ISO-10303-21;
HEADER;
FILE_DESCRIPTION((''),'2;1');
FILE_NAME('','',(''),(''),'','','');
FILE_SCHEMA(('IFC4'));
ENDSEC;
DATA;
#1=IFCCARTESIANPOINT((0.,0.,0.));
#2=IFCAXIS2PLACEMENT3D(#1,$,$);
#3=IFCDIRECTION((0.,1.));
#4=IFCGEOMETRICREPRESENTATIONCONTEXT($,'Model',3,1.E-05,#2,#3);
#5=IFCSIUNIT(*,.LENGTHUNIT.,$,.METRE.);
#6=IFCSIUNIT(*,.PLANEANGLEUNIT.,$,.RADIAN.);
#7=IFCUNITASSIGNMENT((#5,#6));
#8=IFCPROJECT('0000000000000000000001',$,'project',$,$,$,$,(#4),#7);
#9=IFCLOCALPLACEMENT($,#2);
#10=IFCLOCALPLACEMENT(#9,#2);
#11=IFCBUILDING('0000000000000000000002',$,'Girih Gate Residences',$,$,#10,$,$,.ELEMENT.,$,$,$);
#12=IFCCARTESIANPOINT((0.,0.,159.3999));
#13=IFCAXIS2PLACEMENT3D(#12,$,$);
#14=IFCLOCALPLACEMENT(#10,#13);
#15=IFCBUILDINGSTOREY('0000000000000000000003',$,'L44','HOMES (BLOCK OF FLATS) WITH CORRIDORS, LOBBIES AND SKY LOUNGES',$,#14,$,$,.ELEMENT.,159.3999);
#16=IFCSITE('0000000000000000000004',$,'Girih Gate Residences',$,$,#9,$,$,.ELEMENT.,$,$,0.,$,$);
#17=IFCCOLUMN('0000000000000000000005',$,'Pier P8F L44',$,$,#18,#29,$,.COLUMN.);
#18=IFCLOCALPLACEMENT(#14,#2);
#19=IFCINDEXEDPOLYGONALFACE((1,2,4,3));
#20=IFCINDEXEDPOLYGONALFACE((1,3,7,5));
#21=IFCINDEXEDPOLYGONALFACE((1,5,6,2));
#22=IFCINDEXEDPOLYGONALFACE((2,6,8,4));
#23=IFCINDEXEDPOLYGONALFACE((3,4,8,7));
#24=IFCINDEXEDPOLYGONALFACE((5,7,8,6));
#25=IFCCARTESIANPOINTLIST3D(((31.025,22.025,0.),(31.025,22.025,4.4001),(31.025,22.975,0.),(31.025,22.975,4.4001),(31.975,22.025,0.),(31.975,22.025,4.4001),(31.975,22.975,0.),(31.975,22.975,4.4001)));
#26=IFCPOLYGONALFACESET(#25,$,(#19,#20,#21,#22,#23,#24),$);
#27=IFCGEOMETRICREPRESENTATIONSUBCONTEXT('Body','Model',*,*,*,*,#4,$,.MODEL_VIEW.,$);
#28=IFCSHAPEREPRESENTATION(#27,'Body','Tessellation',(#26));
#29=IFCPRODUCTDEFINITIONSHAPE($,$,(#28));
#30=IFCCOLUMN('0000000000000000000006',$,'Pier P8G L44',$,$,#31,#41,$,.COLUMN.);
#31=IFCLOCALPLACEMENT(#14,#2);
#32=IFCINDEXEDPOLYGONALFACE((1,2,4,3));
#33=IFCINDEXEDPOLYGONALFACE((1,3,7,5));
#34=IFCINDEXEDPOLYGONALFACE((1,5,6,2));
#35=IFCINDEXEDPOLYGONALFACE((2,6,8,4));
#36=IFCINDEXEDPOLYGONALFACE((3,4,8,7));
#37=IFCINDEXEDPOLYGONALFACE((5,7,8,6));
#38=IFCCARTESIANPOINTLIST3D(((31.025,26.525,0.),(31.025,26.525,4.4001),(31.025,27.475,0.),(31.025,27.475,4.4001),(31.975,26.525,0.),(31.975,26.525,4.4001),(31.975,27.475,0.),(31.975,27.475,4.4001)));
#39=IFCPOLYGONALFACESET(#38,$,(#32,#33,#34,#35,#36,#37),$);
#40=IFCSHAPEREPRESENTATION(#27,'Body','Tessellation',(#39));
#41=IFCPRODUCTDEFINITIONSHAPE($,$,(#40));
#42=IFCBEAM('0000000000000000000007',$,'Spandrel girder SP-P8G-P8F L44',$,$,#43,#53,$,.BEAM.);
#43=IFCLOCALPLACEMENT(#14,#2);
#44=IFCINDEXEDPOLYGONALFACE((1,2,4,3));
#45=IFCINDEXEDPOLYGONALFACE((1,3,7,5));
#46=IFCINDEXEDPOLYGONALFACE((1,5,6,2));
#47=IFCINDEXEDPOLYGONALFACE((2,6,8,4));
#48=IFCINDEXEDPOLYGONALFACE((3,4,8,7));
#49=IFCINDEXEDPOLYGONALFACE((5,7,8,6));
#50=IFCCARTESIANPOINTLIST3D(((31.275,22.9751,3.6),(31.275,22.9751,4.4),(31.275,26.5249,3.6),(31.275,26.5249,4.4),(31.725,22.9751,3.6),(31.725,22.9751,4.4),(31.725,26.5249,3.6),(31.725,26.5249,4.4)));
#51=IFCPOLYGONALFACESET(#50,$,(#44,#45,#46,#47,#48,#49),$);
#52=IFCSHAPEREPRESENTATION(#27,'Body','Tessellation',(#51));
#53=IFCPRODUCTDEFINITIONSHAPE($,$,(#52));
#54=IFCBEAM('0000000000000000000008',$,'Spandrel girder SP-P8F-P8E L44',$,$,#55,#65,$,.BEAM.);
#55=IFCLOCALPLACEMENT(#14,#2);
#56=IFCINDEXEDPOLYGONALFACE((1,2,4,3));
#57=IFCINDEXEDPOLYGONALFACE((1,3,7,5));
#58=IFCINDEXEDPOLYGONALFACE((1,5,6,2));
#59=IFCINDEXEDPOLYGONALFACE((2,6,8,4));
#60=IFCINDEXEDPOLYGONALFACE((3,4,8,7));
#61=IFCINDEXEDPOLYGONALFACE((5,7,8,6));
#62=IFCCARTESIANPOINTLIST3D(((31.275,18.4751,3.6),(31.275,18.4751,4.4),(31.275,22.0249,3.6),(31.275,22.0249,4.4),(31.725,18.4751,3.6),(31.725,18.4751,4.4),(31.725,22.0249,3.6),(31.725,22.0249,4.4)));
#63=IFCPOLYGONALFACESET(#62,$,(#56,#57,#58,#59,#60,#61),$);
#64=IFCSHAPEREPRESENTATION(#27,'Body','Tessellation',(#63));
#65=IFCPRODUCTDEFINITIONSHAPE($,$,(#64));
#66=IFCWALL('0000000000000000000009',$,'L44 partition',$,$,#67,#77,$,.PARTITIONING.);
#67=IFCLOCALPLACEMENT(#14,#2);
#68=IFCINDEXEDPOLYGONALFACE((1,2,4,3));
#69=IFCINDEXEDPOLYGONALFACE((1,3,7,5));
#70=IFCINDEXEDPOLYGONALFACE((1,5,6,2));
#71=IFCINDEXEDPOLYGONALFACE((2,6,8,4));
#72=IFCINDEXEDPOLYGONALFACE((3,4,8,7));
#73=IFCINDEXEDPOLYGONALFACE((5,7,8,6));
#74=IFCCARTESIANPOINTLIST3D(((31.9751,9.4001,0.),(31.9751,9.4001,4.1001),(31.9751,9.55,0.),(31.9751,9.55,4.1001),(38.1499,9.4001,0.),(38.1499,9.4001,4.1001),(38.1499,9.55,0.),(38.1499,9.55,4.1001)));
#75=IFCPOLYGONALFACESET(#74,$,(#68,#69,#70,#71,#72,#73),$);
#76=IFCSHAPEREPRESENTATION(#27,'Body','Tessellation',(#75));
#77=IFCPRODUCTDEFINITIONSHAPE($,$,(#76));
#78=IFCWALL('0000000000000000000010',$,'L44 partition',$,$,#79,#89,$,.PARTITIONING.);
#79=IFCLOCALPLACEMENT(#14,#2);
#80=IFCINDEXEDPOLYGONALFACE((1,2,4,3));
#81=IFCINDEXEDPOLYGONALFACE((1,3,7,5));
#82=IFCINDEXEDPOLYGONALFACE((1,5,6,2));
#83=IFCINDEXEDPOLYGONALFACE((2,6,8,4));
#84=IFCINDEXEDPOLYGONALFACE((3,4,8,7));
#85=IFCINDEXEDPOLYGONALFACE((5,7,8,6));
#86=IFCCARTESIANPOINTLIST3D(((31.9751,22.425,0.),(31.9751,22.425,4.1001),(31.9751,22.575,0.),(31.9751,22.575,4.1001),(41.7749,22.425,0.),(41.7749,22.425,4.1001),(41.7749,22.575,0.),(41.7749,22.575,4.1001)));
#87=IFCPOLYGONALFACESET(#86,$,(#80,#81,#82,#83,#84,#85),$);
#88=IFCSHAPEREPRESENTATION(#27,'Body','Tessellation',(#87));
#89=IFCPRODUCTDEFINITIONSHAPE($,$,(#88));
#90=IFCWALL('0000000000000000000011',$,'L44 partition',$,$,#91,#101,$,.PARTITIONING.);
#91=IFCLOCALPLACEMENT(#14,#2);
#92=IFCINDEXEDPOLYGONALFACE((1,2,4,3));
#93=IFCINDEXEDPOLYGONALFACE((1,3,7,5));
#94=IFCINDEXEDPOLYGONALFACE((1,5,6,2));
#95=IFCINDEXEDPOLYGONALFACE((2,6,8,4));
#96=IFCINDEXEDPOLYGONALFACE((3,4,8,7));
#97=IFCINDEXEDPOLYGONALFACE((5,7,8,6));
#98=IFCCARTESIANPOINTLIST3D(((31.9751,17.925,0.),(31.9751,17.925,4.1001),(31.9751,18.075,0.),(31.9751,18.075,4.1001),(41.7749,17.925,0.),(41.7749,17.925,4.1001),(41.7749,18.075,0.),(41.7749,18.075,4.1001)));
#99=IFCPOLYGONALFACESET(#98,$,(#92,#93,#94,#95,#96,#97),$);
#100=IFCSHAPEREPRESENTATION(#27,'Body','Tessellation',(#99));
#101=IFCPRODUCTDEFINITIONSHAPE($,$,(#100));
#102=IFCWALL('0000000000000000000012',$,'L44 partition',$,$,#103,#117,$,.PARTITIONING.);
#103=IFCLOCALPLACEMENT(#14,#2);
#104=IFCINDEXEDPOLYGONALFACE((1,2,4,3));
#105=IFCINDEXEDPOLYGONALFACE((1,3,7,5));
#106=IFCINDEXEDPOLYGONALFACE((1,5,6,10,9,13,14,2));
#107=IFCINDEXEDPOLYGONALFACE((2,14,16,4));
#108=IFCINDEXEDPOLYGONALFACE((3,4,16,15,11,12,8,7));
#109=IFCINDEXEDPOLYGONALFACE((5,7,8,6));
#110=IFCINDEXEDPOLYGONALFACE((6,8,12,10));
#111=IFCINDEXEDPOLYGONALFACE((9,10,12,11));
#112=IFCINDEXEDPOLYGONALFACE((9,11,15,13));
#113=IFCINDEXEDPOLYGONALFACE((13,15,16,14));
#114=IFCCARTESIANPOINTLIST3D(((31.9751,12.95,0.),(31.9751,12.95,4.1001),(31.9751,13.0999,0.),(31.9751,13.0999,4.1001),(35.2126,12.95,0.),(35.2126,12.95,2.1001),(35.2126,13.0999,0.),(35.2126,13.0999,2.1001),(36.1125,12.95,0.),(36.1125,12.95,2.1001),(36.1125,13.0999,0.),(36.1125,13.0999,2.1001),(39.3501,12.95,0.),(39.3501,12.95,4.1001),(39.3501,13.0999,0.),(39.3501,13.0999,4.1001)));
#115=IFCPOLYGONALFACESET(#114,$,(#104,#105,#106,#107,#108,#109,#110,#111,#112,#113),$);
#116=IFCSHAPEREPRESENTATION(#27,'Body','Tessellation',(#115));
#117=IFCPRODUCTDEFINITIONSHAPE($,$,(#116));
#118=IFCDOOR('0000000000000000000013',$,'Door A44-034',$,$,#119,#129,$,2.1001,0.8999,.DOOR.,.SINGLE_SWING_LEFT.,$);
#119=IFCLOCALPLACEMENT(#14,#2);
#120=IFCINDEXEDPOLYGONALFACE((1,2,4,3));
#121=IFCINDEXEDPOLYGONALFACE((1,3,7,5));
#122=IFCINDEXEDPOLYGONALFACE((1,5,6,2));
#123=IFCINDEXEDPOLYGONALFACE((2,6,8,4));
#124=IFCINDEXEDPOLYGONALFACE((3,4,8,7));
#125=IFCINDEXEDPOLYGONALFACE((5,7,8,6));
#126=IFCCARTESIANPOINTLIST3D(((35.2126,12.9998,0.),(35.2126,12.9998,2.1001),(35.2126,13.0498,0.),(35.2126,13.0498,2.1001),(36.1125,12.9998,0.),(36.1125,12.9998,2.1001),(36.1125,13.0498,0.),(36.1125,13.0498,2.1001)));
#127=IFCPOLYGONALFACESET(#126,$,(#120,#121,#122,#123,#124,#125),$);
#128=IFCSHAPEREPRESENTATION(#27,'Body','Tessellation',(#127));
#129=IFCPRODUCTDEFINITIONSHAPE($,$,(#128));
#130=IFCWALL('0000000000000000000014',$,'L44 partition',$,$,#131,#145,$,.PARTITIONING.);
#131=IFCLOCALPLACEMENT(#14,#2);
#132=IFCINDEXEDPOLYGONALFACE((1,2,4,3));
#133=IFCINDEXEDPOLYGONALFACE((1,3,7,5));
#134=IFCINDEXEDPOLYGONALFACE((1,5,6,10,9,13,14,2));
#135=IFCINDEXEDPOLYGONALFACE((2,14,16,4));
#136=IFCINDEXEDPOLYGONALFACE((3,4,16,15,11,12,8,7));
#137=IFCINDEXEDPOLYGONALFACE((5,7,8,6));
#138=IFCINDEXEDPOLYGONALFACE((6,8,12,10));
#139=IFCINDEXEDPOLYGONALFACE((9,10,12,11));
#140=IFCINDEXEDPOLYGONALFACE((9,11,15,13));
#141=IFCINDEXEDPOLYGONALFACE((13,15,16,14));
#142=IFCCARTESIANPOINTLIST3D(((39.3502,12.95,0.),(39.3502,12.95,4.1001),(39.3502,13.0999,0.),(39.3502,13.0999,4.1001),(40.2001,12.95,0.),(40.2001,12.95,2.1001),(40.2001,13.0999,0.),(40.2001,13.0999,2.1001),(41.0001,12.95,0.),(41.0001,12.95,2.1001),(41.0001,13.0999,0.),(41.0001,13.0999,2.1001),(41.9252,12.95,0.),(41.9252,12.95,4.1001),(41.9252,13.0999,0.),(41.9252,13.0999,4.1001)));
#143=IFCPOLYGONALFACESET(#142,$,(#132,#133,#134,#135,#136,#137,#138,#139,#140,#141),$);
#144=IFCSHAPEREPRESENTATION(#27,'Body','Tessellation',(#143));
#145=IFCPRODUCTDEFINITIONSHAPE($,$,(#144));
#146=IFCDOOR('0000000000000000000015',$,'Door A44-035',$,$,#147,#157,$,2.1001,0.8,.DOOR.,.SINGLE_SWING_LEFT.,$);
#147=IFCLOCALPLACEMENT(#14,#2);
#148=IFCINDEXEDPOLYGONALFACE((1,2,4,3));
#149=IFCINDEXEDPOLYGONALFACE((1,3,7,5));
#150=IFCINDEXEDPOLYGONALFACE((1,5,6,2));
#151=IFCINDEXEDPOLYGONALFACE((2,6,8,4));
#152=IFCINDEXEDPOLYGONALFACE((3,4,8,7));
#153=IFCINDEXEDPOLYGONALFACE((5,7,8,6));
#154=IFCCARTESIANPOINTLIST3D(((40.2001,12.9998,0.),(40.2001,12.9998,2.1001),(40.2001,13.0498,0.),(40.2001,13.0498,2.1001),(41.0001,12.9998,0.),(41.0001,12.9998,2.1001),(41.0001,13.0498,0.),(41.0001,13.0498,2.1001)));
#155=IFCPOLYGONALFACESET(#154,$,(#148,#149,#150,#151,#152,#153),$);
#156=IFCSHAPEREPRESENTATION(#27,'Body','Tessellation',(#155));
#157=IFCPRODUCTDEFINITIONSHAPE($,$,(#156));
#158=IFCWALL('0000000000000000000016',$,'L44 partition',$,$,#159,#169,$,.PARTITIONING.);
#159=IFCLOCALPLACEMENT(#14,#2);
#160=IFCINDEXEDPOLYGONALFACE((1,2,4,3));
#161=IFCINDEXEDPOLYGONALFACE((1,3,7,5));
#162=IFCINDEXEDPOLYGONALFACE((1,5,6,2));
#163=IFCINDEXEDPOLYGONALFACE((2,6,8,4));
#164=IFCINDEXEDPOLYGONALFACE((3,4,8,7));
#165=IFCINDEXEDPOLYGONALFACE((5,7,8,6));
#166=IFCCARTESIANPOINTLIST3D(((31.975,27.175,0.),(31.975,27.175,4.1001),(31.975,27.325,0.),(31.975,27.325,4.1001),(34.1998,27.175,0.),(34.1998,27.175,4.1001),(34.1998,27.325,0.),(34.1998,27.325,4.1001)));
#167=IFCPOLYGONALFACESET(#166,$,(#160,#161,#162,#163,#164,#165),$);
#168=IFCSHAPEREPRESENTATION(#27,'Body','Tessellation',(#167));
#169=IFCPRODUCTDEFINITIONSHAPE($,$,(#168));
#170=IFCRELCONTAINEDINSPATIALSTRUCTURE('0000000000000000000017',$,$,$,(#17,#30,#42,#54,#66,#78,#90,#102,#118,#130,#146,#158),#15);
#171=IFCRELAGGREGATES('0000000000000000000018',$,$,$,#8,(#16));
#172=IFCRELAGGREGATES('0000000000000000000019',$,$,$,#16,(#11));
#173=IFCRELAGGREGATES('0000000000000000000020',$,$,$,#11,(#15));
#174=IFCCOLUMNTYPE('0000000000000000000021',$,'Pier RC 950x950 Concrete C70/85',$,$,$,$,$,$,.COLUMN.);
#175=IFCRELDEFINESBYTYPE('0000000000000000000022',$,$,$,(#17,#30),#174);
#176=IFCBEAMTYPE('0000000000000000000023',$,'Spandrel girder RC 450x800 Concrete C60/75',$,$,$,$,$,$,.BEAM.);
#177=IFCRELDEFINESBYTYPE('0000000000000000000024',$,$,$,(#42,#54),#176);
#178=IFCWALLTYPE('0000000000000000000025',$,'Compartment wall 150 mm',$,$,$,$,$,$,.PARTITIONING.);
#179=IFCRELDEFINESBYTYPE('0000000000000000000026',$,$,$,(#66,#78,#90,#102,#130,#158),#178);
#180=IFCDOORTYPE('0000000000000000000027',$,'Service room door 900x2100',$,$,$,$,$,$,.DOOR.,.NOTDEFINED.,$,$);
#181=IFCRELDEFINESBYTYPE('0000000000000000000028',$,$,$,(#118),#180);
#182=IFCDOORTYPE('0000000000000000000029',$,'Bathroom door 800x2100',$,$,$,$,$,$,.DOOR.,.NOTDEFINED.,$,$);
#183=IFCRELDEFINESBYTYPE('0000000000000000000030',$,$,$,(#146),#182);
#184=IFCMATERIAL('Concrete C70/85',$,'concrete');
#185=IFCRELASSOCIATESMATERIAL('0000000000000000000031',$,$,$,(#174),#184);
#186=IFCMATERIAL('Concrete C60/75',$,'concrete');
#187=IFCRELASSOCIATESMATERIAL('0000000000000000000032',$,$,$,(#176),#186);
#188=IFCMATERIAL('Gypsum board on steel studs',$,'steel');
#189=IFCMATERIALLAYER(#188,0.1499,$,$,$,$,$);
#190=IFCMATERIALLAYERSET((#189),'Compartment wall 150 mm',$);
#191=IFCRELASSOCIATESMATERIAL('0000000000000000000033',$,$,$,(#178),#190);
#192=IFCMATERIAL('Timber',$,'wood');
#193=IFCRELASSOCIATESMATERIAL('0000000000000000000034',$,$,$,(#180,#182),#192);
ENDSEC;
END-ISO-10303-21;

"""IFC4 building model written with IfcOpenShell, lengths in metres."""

from ifc_helpers import new_model, si_unit, direction, frame, frame_2d, origin, origin_2d, place, context, subcontext, project, spatial, rectangle, extrude, material, layer, layer_set, material_profile, profile_set, type_object, element, fill, save


model = new_model("IFC4")

# Units and contexts
model_context = context("Model", 3, precision=1e-05, world=origin(), true_north=direction((0.0, 1.0)))
body_context = subcontext(model_context, "Body", "Model", "MODEL_VIEW")
ifc_project = project(units=[si_unit("LENGTHUNIT", "METRE"), si_unit("PLANEANGLEUNIT", "RADIAN")], contexts=[model_context])

# Site, building, storey
site_placement = place(None, origin())
site = spatial("IfcSite", under=ifc_project, at=site_placement, Name="Girih Gate Residences", CompositionType="ELEMENT", RefElevation=0.0)
building_placement = place(site_placement, origin())
building = spatial("IfcBuilding", under=site, at=building_placement, Name="Girih Gate Residences", CompositionType="ELEMENT")
storey_placement = place(building_placement, frame((0.0, 0.0, 159.3999)))
storey = spatial("IfcBuildingStorey", under=building, at=storey_placement, Name="L44", Description="HOMES (BLOCK OF FLATS) WITH CORRIDORS, LOBBIES AND SKY LOUNGES", CompositionType="ELEMENT", Elevation=159.3999)

# Columns
ifc_material_1 = material(Name="Concrete C70/85", Category="concrete")
ifc_material_profile_1 = material_profile(ifc_material_1, rectangle(XDim=0.95, YDim=0.95, at=origin_2d()))
ifc_profile_set_1 = profile_set([ifc_material_profile_1], Name="Concrete C70/85")
column_type = type_object("IfcColumnType", Name="Pier RC 950x950 Concrete C70/85", PredefinedType="COLUMN", material=ifc_profile_set_1)
for number, where, z_axis, x_axis, name in (
    (1, (31.5, 22.5, 0.0), (0.0, 0.0, 1.0), (1.0, 0.0, 0.0), "Pier P8F L44"),
    (2, (31.5, 27.0, 0.0), (0.0, 0.0, 1.0), (1.0, 0.0, 0.0), "Pier P8G L44"),
):
    element("IfcColumn", number, at=place(storey_placement, frame(where, z_axis=z_axis, x_axis=x_axis)), inside=storey, type_object=column_type, Name=name, PredefinedType="COLUMN", context=body_context, shape_type="SweptSolid", body=[
        extrude(rectangle(XDim=0.95, YDim=0.95, at=origin_2d()), origin(), (0.0, 0.0, 1.0), 4.4001),
    ])

# Beams
ifc_material_2 = material(Name="Concrete C60/75", Category="concrete")
ifc_material_profile_2 = material_profile(ifc_material_2, rectangle(XDim=0.45, YDim=0.8, at=origin_2d()))
ifc_profile_set_2 = profile_set([ifc_material_profile_2], Name="Concrete C60/75")
beam_type = type_object("IfcBeamType", Name="Spandrel girder RC 450x800 Concrete C60/75", PredefinedType="BEAM", material=ifc_profile_set_2)
for number, where, z_axis, x_axis, name in (
    (3, (31.5, 26.5249, 4.0), (0.0, -1.0, 0.0), (1.0, 0.0, 0.0), "Spandrel girder SP-P8G-P8F L44"),
    (4, (31.5, 22.0249, 4.0), (0.0, -1.0, 0.0), (1.0, 0.0, 0.0), "Spandrel girder SP-P8F-P8E L44"),
):
    element("IfcBeam", number, at=place(storey_placement, frame(where, z_axis=z_axis, x_axis=x_axis)), inside=storey, type_object=beam_type, Name=name, PredefinedType="BEAM", context=body_context, shape_type="SweptSolid", body=[
        extrude(rectangle(XDim=0.45, YDim=0.8, at=origin_2d()), origin(), (0.0, 0.0, 1.0), 3.5498),
    ])

# Walls
ifc_material_3 = material(Name="Gypsum board on steel studs", Category="steel")
ifc_layer_1 = layer(ifc_material_3, 0.1499)
ifc_layer_set_1 = layer_set([ifc_layer_1], Name="Compartment wall 150 mm")
wall_type_1 = type_object("IfcWallType", Name="Compartment wall 150 mm", PredefinedType="PARTITIONING", material=ifc_layer_set_1)
wall_1_placement = place(storey_placement, frame((31.9751, 9.4751, 0.0), z_axis=(0.0, 0.0, 1.0), x_axis=(1.0, 0.0, 0.0)))
element("IfcWall", 5, at=wall_1_placement, inside=storey, type_object=wall_type_1, Name="L44 partition", PredefinedType="PARTITIONING", context=body_context, shape_type="SweptSolid", body=[
    extrude(rectangle(XDim=6.1748, YDim=0.1499, at=frame_2d((3.0874, 0.0))), origin(), (0.0, 0.0, 1.0), 4.1001),
])
for number, where, z_axis, x_axis, name in (
    (6, (31.9751, 22.5, 0.0), (0.0, 0.0, 1.0), (1.0, 0.0, 0.0), "L44 partition"),
    (7, (31.9751, 18.0, 0.0), (0.0, 0.0, 1.0), (1.0, 0.0, 0.0), "L44 partition"),
):
    element("IfcWall", number, at=place(storey_placement, frame(where, z_axis=z_axis, x_axis=x_axis)), inside=storey, type_object=wall_type_1, Name=name, PredefinedType="PARTITIONING", context=body_context, shape_type="SweptSolid", body=[
        extrude(rectangle(XDim=9.7998, YDim=0.1499, at=frame_2d((4.8999, 0.0))), origin(), (0.0, 0.0, 1.0), 4.1001),
    ])

# Walls, openings, doors
wall_2_placement = place(storey_placement, frame((31.9751, 13.0249, 0.0), z_axis=(0.0, 0.0, 1.0), x_axis=(1.0, 0.0, 0.0)))
wall_2 = element("IfcWall", 8, at=wall_2_placement, inside=storey, type_object=wall_type_1, Name="L44 partition", PredefinedType="PARTITIONING", context=body_context, shape_type="SweptSolid", body=[
    extrude(rectangle(XDim=7.375, YDim=0.1499, at=frame_2d((3.6875, 0.0))), origin(), (0.0, 0.0, 1.0), 4.1001),
])
opening_1_placement = place(wall_2_placement, frame((3.2375, 0.0, 0.0)))
opening_1 = element("IfcOpeningElement", 9, at=opening_1_placement, cuts=wall_2, PredefinedType="OPENING", context=body_context, shape_type="SweptSolid", body=[
    extrude(rectangle(XDim=0.8999, YDim=2.1001, at=frame_2d((0.45, 1.05))), frame((0.0, 0.085, 0.0), z_axis=(0.0, -1.0, 0.0), x_axis=(1.0, 0.0, 0.0)), (0.0, 0.0, 1.0), 0.1699),
])
ifc_material_4 = material(Name="Timber", Category="wood")
door_type_1 = type_object("IfcDoorType", Name="Service room door 900x2100", OperationType="NOTDEFINED", PredefinedType="DOOR", material=ifc_material_4)
door_1_placement = place(opening_1_placement, origin())
door_1 = element("IfcDoor", 10, at=door_1_placement, inside=storey, type_object=door_type_1, Name="Door A44-034", OperationType="SINGLE_SWING_LEFT", OverallHeight=2.1001, OverallWidth=0.8999, PredefinedType="DOOR", context=body_context, shape_type="SweptSolid", body=[
    extrude(rectangle(XDim=0.8999, YDim=2.1001, at=frame_2d((0.45, 1.05))), frame((0.0, 0.0249, 0.0), z_axis=(0.0, -1.0, 0.0), x_axis=(1.0, 0.0, 0.0)), (0.0, 0.0, 1.0), 0.05),
])
fill(opening_1, door_1)
wall_3_placement = place(storey_placement, frame((39.3501, 13.0249, 0.0), z_axis=(0.0, 0.0, 1.0), x_axis=(1.0, 0.0, 0.0)))
wall_3 = element("IfcWall", 11, at=wall_3_placement, inside=storey, type_object=wall_type_1, Name="L44 partition", PredefinedType="PARTITIONING", context=body_context, shape_type="SweptSolid", body=[
    extrude(rectangle(XDim=2.575, YDim=0.1499, at=frame_2d((1.2876, 0.0))), origin(), (0.0, 0.0, 1.0), 4.1001),
])
opening_2_placement = place(wall_3_placement, frame((0.8501, 0.0, 0.0)))
opening_2 = element("IfcOpeningElement", 12, at=opening_2_placement, cuts=wall_3, PredefinedType="OPENING", context=body_context, shape_type="SweptSolid", body=[
    extrude(rectangle(XDim=0.8, YDim=2.1001, at=frame_2d((0.3999, 1.05))), frame((0.0, 0.085, 0.0), z_axis=(0.0, -1.0, 0.0), x_axis=(1.0, 0.0, 0.0)), (0.0, 0.0, 1.0), 0.1699),
])
door_type_2 = type_object("IfcDoorType", Name="Bathroom door 800x2100", OperationType="NOTDEFINED", PredefinedType="DOOR", material=ifc_material_4)
door_2_placement = place(opening_2_placement, origin())
door_2 = element("IfcDoor", 13, at=door_2_placement, inside=storey, type_object=door_type_2, Name="Door A44-035", OperationType="SINGLE_SWING_LEFT", OverallHeight=2.1001, OverallWidth=0.8, PredefinedType="DOOR", context=body_context, shape_type="SweptSolid", body=[
    extrude(rectangle(XDim=0.8, YDim=2.1001, at=frame_2d((0.3999, 1.05))), frame((0.0, 0.0249, 0.0), z_axis=(0.0, -1.0, 0.0), x_axis=(1.0, 0.0, 0.0)), (0.0, 0.0, 1.0), 0.05),
])
fill(opening_2, door_2)

# Wall
wall_4_placement = place(storey_placement, frame((31.9751, 27.25, 0.0), z_axis=(0.0, 0.0, 1.0), x_axis=(1.0, 0.0, 0.0)))
element("IfcWall", 14, at=wall_4_placement, inside=storey, type_object=wall_type_1, Name="L44 partition", PredefinedType="PARTITIONING", context=body_context, shape_type="SweptSolid", body=[
    extrude(rectangle(XDim=2.2249, YDim=0.1499, at=frame_2d((1.1123, 0.0))), origin(), (0.0, 0.0, 1.0), 4.1001),
])

save(model, "model.ifc")
